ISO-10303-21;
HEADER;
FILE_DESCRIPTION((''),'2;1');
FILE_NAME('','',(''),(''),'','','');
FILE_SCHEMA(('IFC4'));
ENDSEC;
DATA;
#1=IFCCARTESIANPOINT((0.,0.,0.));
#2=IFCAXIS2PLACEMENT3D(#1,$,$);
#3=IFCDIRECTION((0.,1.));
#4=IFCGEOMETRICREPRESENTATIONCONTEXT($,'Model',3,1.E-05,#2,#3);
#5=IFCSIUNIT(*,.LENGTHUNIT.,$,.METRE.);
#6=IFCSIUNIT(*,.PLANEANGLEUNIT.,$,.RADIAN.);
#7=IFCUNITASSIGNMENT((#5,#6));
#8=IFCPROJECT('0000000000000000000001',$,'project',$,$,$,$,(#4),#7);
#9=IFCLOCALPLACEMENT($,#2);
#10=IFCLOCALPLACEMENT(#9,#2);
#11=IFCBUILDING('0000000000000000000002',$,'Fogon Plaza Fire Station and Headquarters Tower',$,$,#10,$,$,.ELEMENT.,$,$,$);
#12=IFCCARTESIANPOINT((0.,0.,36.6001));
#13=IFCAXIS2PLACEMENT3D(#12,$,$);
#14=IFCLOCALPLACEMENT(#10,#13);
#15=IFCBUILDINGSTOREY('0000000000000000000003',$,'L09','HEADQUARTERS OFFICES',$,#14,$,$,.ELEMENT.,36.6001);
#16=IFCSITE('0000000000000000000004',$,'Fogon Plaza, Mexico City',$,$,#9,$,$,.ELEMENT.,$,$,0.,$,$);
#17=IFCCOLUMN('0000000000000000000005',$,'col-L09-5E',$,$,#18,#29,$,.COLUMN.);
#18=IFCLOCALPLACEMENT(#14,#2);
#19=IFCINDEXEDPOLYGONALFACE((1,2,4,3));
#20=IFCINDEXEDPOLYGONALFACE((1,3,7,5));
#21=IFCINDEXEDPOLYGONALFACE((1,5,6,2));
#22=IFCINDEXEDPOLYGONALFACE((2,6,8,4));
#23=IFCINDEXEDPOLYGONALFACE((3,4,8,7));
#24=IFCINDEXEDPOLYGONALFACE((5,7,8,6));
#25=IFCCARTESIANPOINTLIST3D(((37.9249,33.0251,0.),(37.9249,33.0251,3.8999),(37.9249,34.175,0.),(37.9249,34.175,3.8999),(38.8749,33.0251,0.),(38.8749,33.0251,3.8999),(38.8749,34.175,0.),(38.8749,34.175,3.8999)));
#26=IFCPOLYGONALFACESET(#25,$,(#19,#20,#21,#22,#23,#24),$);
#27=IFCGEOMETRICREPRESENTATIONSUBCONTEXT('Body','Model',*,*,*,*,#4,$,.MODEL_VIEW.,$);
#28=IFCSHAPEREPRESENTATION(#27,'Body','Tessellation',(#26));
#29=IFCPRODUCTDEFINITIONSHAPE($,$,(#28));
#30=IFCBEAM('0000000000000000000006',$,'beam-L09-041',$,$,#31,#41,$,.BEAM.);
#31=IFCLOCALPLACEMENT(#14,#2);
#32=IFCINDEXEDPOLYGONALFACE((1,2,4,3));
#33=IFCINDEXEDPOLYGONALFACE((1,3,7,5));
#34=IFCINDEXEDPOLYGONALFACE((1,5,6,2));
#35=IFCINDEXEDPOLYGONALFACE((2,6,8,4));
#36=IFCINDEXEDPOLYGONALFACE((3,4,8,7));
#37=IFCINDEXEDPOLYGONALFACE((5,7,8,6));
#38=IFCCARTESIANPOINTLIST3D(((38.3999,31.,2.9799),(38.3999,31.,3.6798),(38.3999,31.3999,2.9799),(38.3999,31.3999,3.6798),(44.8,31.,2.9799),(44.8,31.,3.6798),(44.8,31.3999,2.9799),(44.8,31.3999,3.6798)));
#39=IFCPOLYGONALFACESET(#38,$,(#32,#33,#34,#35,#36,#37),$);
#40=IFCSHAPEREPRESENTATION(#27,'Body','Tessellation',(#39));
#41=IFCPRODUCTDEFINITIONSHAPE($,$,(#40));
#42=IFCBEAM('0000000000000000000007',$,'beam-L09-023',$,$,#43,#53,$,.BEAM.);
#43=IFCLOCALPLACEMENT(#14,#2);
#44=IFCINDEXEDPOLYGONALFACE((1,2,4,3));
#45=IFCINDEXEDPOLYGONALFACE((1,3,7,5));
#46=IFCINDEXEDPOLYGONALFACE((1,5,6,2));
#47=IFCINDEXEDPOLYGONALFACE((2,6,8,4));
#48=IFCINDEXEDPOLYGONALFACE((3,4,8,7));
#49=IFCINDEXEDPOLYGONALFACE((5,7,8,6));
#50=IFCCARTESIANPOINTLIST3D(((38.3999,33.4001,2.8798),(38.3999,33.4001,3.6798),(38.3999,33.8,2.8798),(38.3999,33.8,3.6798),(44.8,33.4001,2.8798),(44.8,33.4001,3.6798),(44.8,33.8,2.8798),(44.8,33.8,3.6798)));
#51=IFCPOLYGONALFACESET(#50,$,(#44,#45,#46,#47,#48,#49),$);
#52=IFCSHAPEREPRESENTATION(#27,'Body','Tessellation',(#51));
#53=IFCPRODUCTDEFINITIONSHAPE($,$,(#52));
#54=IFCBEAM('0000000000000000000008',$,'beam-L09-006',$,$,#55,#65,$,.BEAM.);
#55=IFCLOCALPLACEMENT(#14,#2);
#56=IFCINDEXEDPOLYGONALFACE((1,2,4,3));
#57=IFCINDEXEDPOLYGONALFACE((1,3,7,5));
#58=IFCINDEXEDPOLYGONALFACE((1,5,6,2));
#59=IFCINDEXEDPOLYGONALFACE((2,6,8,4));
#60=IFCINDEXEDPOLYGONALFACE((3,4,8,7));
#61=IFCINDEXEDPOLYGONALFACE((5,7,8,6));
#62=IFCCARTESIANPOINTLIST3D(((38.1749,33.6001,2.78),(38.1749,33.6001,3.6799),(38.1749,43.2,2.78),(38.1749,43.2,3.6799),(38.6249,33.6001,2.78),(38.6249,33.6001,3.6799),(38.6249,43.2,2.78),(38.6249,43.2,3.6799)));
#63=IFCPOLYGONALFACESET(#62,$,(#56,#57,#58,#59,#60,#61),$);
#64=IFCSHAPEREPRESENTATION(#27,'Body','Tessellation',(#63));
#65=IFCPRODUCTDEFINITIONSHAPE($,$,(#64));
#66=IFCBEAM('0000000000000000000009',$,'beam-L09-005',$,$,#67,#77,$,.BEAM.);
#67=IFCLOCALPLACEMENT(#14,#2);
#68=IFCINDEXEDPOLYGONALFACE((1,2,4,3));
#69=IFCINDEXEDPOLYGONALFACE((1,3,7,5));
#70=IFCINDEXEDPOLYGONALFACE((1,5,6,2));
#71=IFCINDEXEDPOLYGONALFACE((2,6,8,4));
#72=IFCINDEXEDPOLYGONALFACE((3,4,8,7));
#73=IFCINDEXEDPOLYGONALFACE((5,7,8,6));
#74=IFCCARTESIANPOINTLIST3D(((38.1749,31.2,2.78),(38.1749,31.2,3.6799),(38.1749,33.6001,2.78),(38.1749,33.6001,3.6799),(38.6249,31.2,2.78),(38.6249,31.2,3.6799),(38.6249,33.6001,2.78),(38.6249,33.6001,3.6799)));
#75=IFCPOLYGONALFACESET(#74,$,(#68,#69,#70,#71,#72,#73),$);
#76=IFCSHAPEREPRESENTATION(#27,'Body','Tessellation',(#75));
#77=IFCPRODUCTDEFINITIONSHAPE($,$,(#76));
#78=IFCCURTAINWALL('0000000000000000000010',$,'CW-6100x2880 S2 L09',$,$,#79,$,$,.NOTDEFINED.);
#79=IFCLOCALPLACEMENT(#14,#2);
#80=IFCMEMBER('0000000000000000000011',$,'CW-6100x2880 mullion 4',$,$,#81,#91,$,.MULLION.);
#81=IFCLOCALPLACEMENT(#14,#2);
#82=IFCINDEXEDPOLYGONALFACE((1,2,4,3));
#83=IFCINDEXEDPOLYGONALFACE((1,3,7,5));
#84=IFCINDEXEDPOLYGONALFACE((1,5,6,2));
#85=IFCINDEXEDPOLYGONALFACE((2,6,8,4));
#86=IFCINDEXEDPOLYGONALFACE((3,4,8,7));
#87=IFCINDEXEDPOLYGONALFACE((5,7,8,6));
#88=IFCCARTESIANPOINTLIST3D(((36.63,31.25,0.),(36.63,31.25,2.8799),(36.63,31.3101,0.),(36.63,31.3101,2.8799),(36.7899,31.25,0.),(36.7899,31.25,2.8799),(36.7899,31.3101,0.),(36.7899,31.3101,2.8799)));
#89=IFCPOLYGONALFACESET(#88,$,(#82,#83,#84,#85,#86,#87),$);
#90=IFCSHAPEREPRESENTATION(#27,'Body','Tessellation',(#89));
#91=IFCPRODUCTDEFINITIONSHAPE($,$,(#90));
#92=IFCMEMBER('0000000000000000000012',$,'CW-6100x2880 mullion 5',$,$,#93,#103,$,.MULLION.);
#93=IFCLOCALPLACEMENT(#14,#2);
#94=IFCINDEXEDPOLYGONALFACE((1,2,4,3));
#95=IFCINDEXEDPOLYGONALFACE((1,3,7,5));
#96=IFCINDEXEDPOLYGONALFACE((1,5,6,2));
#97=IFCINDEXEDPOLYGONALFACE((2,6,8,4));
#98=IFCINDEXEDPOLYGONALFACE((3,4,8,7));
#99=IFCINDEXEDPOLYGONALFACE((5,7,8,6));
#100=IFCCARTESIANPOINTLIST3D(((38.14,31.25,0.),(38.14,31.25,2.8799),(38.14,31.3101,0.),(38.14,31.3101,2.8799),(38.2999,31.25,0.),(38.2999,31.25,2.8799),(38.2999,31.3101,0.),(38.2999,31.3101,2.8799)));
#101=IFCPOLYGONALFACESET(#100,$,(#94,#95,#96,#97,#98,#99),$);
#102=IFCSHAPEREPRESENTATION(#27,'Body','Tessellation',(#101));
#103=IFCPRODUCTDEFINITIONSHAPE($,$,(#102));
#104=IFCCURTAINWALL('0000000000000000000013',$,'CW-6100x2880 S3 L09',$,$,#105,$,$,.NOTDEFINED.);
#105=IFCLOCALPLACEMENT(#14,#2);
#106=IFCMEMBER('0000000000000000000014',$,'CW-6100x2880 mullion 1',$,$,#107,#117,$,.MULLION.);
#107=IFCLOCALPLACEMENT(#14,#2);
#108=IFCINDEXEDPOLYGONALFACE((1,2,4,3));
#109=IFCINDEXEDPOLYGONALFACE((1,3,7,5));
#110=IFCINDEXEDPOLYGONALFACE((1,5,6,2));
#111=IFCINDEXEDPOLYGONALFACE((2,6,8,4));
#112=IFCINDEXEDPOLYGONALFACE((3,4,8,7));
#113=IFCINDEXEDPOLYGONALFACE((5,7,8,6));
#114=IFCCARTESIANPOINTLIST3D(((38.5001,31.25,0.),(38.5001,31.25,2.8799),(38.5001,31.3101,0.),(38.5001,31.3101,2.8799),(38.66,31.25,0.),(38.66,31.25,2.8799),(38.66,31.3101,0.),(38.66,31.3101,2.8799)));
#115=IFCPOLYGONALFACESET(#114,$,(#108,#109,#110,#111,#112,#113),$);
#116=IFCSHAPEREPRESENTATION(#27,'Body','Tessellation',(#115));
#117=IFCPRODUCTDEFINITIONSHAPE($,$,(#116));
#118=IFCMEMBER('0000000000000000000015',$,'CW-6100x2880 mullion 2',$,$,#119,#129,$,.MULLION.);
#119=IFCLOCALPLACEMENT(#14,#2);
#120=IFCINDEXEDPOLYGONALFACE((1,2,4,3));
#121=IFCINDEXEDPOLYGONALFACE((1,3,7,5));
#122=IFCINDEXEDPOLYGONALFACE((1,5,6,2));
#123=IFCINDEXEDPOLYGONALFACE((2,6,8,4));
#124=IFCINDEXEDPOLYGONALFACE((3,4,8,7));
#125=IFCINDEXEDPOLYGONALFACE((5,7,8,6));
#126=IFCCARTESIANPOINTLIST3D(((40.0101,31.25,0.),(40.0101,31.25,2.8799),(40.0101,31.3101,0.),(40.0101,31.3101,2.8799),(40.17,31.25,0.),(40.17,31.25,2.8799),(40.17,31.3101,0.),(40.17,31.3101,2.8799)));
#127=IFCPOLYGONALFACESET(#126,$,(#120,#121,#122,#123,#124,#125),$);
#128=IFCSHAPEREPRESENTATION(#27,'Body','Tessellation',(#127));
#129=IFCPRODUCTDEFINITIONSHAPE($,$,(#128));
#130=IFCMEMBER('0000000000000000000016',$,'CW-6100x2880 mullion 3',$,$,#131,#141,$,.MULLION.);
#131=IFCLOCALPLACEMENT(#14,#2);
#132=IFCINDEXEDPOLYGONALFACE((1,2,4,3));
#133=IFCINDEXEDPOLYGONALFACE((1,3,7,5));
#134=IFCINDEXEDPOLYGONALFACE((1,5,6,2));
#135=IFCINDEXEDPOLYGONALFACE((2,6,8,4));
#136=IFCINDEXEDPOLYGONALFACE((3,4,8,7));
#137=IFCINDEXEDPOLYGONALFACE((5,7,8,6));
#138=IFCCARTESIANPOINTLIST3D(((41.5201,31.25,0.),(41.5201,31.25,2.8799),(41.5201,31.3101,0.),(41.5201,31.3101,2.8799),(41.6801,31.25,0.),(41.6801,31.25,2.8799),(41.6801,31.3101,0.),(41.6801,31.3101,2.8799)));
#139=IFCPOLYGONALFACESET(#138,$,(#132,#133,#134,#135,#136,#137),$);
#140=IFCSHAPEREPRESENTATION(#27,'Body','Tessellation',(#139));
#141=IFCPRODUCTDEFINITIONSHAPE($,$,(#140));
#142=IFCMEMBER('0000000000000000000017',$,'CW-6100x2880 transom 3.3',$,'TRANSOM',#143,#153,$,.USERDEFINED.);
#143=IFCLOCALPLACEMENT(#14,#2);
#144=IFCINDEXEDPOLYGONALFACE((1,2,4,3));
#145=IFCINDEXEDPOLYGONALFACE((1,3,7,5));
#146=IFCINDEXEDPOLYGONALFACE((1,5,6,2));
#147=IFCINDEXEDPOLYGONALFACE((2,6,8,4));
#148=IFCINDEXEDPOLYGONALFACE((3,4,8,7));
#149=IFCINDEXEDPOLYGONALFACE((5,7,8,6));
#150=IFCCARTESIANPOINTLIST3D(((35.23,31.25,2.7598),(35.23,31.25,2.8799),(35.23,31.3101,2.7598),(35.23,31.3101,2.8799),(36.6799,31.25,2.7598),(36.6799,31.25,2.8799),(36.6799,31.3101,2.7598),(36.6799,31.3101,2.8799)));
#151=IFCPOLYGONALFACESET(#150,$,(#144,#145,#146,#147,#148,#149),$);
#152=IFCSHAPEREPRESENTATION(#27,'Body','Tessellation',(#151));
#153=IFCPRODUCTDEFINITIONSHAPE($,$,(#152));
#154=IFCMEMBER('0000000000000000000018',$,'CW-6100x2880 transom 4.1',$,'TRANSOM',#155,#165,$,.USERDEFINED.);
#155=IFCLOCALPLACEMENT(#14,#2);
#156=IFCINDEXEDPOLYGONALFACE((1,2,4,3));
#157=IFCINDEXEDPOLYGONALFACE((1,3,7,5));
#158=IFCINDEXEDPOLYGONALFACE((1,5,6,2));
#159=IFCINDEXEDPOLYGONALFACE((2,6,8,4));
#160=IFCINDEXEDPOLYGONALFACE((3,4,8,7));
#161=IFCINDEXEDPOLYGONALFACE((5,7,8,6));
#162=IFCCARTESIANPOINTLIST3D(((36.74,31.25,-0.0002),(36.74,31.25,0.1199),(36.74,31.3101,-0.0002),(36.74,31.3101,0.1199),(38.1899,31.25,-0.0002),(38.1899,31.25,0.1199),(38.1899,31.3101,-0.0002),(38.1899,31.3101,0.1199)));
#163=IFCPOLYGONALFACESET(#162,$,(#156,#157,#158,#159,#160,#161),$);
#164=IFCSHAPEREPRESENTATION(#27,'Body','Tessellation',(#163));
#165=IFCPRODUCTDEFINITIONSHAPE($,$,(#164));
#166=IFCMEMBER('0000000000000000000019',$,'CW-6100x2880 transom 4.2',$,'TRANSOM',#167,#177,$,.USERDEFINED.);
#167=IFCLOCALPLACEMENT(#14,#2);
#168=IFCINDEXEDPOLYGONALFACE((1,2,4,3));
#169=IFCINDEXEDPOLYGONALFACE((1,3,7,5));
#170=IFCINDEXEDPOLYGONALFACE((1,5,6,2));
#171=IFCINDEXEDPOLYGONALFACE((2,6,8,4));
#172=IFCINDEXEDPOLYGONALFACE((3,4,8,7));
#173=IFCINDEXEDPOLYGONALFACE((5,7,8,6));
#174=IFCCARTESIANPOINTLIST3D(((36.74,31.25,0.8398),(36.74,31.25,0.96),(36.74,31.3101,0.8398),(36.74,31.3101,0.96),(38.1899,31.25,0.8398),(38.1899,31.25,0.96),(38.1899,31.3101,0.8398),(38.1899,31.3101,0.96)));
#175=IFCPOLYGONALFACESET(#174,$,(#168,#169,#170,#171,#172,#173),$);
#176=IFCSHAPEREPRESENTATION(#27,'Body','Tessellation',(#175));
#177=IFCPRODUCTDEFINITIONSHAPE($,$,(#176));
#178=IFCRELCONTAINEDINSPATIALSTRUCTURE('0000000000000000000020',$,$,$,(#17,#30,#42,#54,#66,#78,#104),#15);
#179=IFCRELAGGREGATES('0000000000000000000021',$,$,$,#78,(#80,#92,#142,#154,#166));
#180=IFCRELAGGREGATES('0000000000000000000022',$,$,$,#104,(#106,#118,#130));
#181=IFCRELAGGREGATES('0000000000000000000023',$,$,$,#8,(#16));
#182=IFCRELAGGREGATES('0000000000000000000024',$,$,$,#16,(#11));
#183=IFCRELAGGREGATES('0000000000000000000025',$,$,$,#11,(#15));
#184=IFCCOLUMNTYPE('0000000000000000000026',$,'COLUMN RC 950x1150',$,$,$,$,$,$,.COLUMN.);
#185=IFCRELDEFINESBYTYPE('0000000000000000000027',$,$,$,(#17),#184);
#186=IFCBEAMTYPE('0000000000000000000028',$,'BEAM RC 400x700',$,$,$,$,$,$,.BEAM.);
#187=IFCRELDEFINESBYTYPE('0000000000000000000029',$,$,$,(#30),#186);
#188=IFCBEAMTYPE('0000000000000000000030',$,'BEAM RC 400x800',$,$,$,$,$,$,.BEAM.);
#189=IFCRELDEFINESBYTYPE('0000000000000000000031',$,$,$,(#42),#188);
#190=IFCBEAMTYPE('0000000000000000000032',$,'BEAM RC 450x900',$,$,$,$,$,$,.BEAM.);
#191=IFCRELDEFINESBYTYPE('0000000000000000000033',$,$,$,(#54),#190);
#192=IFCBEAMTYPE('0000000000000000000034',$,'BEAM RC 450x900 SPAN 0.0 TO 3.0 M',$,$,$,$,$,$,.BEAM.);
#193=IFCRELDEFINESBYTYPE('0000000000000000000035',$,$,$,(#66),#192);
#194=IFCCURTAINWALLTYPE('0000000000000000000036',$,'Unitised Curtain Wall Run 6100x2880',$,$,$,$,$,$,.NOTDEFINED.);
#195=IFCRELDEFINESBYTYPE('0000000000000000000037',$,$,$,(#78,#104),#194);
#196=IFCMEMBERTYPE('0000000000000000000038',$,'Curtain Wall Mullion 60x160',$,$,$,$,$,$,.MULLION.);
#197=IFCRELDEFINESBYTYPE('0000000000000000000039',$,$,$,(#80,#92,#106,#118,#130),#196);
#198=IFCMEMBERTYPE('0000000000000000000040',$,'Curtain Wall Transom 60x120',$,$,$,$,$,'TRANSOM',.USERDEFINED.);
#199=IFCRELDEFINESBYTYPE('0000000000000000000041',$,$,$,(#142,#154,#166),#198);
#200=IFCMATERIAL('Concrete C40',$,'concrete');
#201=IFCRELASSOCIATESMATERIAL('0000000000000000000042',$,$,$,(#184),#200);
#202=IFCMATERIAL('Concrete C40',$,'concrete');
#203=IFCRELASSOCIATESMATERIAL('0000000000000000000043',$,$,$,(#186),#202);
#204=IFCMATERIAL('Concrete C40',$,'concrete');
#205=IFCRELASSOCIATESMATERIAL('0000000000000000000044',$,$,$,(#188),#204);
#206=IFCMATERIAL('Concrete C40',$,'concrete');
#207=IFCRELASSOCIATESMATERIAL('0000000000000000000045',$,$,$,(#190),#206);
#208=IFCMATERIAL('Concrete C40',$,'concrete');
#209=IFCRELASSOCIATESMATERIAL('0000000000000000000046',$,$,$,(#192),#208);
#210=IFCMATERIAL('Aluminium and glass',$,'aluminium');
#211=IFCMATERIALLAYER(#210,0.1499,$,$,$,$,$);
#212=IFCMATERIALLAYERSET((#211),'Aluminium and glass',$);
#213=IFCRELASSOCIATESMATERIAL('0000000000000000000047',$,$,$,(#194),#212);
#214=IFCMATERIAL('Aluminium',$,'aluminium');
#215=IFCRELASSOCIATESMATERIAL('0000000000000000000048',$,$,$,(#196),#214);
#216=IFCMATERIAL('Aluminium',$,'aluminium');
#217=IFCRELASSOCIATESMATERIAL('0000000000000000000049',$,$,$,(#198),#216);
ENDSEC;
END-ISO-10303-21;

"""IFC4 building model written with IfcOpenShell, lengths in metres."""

from ifc_helpers import new_model, si_unit, direction, frame, origin, origin_2d, place, context, subcontext, project, spatial, rectangle, extrude, material, layer, layer_set, material_profile, profile_set, type_object, element, aggregate, save


model = new_model("IFC4")

# Units and contexts
model_context = context("Model", 3, precision=1e-05, world=origin(), true_north=direction((0.0, 1.0)))
body_context = subcontext(model_context, "Body", "Model", "MODEL_VIEW")
ifc_project = project(units=[si_unit("LENGTHUNIT", "METRE"), si_unit("PLANEANGLEUNIT", "RADIAN")], contexts=[model_context])

# Site, building, storey
site_placement = place(None, origin())
site = spatial("IfcSite", under=ifc_project, at=site_placement, Name="Fogon Plaza, Mexico City", CompositionType="ELEMENT", RefElevation=0.0)
building_placement = place(site_placement, origin())
building = spatial("IfcBuilding", under=site, at=building_placement, Name="Fogon Plaza Fire Station and Headquarters Tower", CompositionType="ELEMENT")
storey_placement = place(building_placement, frame((0.0, 0.0, 36.6001)))
storey = spatial("IfcBuildingStorey", under=building, at=storey_placement, Name="L09", Description="HEADQUARTERS OFFICES", CompositionType="ELEMENT", Elevation=36.6001)

# Column
ifc_material_1 = material(Name="Concrete C40", Category="concrete")
ifc_material_profile_1 = material_profile(ifc_material_1, rectangle(XDim=0.95, YDim=1.1499, at=origin_2d()), Name="RC 950x1150")
ifc_profile_set_1 = profile_set([ifc_material_profile_1], Name="Concrete C40")
column_type = type_object("IfcColumnType", Name="COLUMN RC 950x1150", PredefinedType="COLUMN", material=ifc_profile_set_1)
column_placement = place(storey_placement, frame((38.3999, 33.6001, 0.0), z_axis=(0.0, 0.0, 1.0), x_axis=(1.0, 0.0, 0.0)))
element("IfcColumn", 1, at=column_placement, inside=storey, type_object=column_type, Name="col-L09-5E", PredefinedType="COLUMN", context=body_context, shape_type="SweptSolid", body=[
    extrude(rectangle(XDim=0.95, YDim=1.1499, at=origin_2d()), origin(), (0.0, 0.0, 1.0), 3.8999),
])

# Beams
ifc_material_2 = material(Name="Concrete C40", Category="concrete")
ifc_material_profile_2 = material_profile(ifc_material_2, rectangle(XDim=0.3999, YDim=0.7, at=origin_2d()), Name="RC 400x700")
ifc_profile_set_2 = profile_set([ifc_material_profile_2], Name="Concrete C40")
beam_type_1 = type_object("IfcBeamType", Name="BEAM RC 400x700", PredefinedType="BEAM", material=ifc_profile_set_2)
beam_1_placement = place(storey_placement, frame((38.3999, 31.2, 3.3298), z_axis=(1.0, 0.0, 0.0), x_axis=(0.0, 1.0, 0.0)))
element("IfcBeam", 2, at=beam_1_placement, inside=storey, type_object=beam_type_1, Name="beam-L09-041", PredefinedType="BEAM", context=body_context, shape_type="SweptSolid", body=[
    extrude(rectangle(XDim=0.3999, YDim=0.7, at=origin_2d()), origin(), (0.0, 0.0, 1.0), 6.4001),
])
ifc_material_3 = material(Name="Concrete C40", Category="concrete")
ifc_material_profile_3 = material_profile(ifc_material_3, rectangle(XDim=0.3999, YDim=0.8, at=origin_2d()), Name="RC 400x800")
ifc_profile_set_3 = profile_set([ifc_material_profile_3], Name="Concrete C40")
beam_type_2 = type_object("IfcBeamType", Name="BEAM RC 400x800", PredefinedType="BEAM", material=ifc_profile_set_3)
beam_2_placement = place(storey_placement, frame((38.3999, 33.6001, 3.2798), z_axis=(1.0, 0.0, 0.0), x_axis=(0.0, 1.0, 0.0)))
element("IfcBeam", 3, at=beam_2_placement, inside=storey, type_object=beam_type_2, Name="beam-L09-023", PredefinedType="BEAM", context=body_context, shape_type="SweptSolid", body=[
    extrude(rectangle(XDim=0.3999, YDim=0.8, at=origin_2d()), origin(), (0.0, 0.0, 1.0), 6.4001),
])
ifc_material_4 = material(Name="Concrete C40", Category="concrete")
ifc_material_profile_4 = material_profile(ifc_material_4, rectangle(XDim=0.45, YDim=0.8999, at=origin_2d()), Name="RC 450x900")
ifc_profile_set_4 = profile_set([ifc_material_profile_4], Name="Concrete C40")
beam_type_3 = type_object("IfcBeamType", Name="BEAM RC 450x900", PredefinedType="BEAM", material=ifc_profile_set_4)
beam_3_placement = place(storey_placement, frame((38.3999, 33.6001, 3.23), z_axis=(0.0, 1.0, 0.0), x_axis=(-1.0, 0.0, 0.0)))
element("IfcBeam", 4, at=beam_3_placement, inside=storey, type_object=beam_type_3, Name="beam-L09-006", PredefinedType="BEAM", context=body_context, shape_type="SweptSolid", body=[
    extrude(rectangle(XDim=0.45, YDim=0.8999, at=origin_2d()), origin(), (0.0, 0.0, 1.0), 9.5999),
])
ifc_material_5 = material(Name="Concrete C40", Category="concrete")
ifc_material_profile_5 = material_profile(ifc_material_5, rectangle(XDim=0.45, YDim=0.8999, at=origin_2d()), Name="RC 450x900")
ifc_profile_set_5 = profile_set([ifc_material_profile_5], Name="Concrete C40")
beam_type_4 = type_object("IfcBeamType", Name="BEAM RC 450x900 SPAN 0.0 TO 3.0 M", PredefinedType="BEAM", material=ifc_profile_set_5)
beam_4_placement = place(storey_placement, frame((38.3999, 31.2, 3.23), z_axis=(0.0, 1.0, 0.0), x_axis=(-1.0, 0.0, 0.0)))
element("IfcBeam", 5, at=beam_4_placement, inside=storey, type_object=beam_type_4, Name="beam-L09-005", PredefinedType="BEAM", context=body_context, shape_type="SweptSolid", body=[
    extrude(rectangle(XDim=0.45, YDim=0.8999, at=origin_2d()), origin(), (0.0, 0.0, 1.0), 2.4001),
])

# Curtain walls, members
ifc_material_6 = material(Name="Aluminium and glass", Category="aluminium")
ifc_layer_1 = layer(ifc_material_6, 0.1499)
ifc_layer_set_1 = layer_set([ifc_layer_1], Name="Aluminium and glass")
curtain_wall_type = type_object("IfcCurtainWallType", Name="Unitised Curtain Wall Run 6100x2880", PredefinedType="NOTDEFINED", material=ifc_layer_set_1)
curtain_wall_1_placement = place(storey_placement, origin())
curtain_wall_1 = element("IfcCurtainWall", 6, at=curtain_wall_1_placement, inside=storey, type_object=curtain_wall_type, Name="CW-6100x2880 S2 L09", PredefinedType="NOTDEFINED")
ifc_material_7 = material(Name="Aluminium", Category="aluminium")
ifc_material_profile_6 = material_profile(ifc_material_7, rectangle(XDim=0.0601, YDim=0.1599, at=origin_2d()), Name="Curtain Wall Mullion 60x160")
ifc_profile_set_6 = profile_set([ifc_material_profile_6], Name="Aluminium")
member_type_1 = type_object("IfcMemberType", Name="Curtain Wall Mullion 60x160", PredefinedType="MULLION", material=ifc_profile_set_6)
member_1_placement = place(storey_placement, frame((36.71, 31.28, 0.0), z_axis=(0.0, 0.0, 1.0), x_axis=(0.0, 1.0, 0.0)))
member_1 = element("IfcMember", 7, at=member_1_placement, type_object=member_type_1, Name="CW-6100x2880 mullion 4", PredefinedType="MULLION", context=body_context, shape_type="SweptSolid", body=[
    extrude(rectangle(XDim=0.0601, YDim=0.1599, at=origin_2d()), origin(), (0.0, 0.0, 1.0), 2.8799),
])
member_2_placement = place(storey_placement, frame((38.22, 31.28, 0.0), z_axis=(0.0, 0.0, 1.0), x_axis=(0.0, 1.0, 0.0)))
member_2 = element("IfcMember", 8, at=member_2_placement, type_object=member_type_1, Name="CW-6100x2880 mullion 5", PredefinedType="MULLION", context=body_context, shape_type="SweptSolid", body=[
    extrude(rectangle(XDim=0.0601, YDim=0.1599, at=origin_2d()), origin(), (0.0, 0.0, 1.0), 2.8799),
])
curtain_wall_2_placement = place(storey_placement, origin())
curtain_wall_2 = element("IfcCurtainWall", 9, at=curtain_wall_2_placement, inside=storey, type_object=curtain_wall_type, Name="CW-6100x2880 S3 L09", PredefinedType="NOTDEFINED")
member_3_placement = place(storey_placement, frame((38.5801, 31.28, 0.0), z_axis=(0.0, 0.0, 1.0), x_axis=(0.0, 1.0, 0.0)))
member_3 = element("IfcMember", 10, at=member_3_placement, type_object=member_type_1, Name="CW-6100x2880 mullion 1", PredefinedType="MULLION", context=body_context, shape_type="SweptSolid", body=[
    extrude(rectangle(XDim=0.0601, YDim=0.1599, at=origin_2d()), origin(), (0.0, 0.0, 1.0), 2.8799),
])
member_4_placement = place(storey_placement, frame((40.0901, 31.28, 0.0), z_axis=(0.0, 0.0, 1.0), x_axis=(0.0, 1.0, 0.0)))
member_4 = element("IfcMember", 11, at=member_4_placement, type_object=member_type_1, Name="CW-6100x2880 mullion 2", PredefinedType="MULLION", context=body_context, shape_type="SweptSolid", body=[
    extrude(rectangle(XDim=0.0601, YDim=0.1599, at=origin_2d()), origin(), (0.0, 0.0, 1.0), 2.8799),
])
member_5_placement = place(storey_placement, frame((41.6001, 31.28, 0.0), z_axis=(0.0, 0.0, 1.0), x_axis=(0.0, 1.0, 0.0)))
member_5 = element("IfcMember", 12, at=member_5_placement, type_object=member_type_1, Name="CW-6100x2880 mullion 3", PredefinedType="MULLION", context=body_context, shape_type="SweptSolid", body=[
    extrude(rectangle(XDim=0.0601, YDim=0.1599, at=origin_2d()), origin(), (0.0, 0.0, 1.0), 2.8799),
])

# Members
ifc_material_8 = material(Name="Aluminium", Category="aluminium")
ifc_material_profile_7 = material_profile(ifc_material_8, rectangle(XDim=0.0601, YDim=0.1201, at=origin_2d()), Name="Curtain Wall Transom 60x120")
ifc_profile_set_7 = profile_set([ifc_material_profile_7], Name="Aluminium")
member_type_2 = type_object("IfcMemberType", Name="Curtain Wall Transom 60x120", ElementType="TRANSOM", PredefinedType="USERDEFINED", material=ifc_profile_set_7)
member_6_placement = place(storey_placement, frame((35.23, 31.28, 2.8198), z_axis=(1.0, 0.0, 0.0), x_axis=(0.0, 1.0, 0.0)))
member_6 = element("IfcMember", 13, at=member_6_placement, type_object=member_type_2, Name="CW-6100x2880 transom 3.3", ObjectType="TRANSOM", PredefinedType="USERDEFINED", context=body_context, shape_type="SweptSolid", body=[
    extrude(rectangle(XDim=0.0601, YDim=0.1201, at=origin_2d()), origin(), (0.0, 0.0, 1.0), 1.45),
])
member_7_placement = place(storey_placement, frame((36.74, 31.28, 0.0598), z_axis=(1.0, 0.0, 0.0), x_axis=(0.0, 1.0, 0.0)))
member_7 = element("IfcMember", 14, at=member_7_placement, type_object=member_type_2, Name="CW-6100x2880 transom 4.1", ObjectType="TRANSOM", PredefinedType="USERDEFINED", context=body_context, shape_type="SweptSolid", body=[
    extrude(rectangle(XDim=0.0601, YDim=0.1201, at=origin_2d()), origin(), (0.0, 0.0, 1.0), 1.45),
])
member_8_placement = place(storey_placement, frame((36.74, 31.28, 0.8999), z_axis=(1.0, 0.0, 0.0), x_axis=(0.0, 1.0, 0.0)))
member_8 = element("IfcMember", 15, at=member_8_placement, type_object=member_type_2, Name="CW-6100x2880 transom 4.2", ObjectType="TRANSOM", PredefinedType="USERDEFINED", context=body_context, shape_type="SweptSolid", body=[
    extrude(rectangle(XDim=0.0601, YDim=0.1201, at=origin_2d()), origin(), (0.0, 0.0, 1.0), 1.45),
])

aggregate(curtain_wall_1, [member_1, member_2, member_6, member_7, member_8])
aggregate(curtain_wall_2, [member_3, member_4, member_5])

save(model, "model.ifc")
